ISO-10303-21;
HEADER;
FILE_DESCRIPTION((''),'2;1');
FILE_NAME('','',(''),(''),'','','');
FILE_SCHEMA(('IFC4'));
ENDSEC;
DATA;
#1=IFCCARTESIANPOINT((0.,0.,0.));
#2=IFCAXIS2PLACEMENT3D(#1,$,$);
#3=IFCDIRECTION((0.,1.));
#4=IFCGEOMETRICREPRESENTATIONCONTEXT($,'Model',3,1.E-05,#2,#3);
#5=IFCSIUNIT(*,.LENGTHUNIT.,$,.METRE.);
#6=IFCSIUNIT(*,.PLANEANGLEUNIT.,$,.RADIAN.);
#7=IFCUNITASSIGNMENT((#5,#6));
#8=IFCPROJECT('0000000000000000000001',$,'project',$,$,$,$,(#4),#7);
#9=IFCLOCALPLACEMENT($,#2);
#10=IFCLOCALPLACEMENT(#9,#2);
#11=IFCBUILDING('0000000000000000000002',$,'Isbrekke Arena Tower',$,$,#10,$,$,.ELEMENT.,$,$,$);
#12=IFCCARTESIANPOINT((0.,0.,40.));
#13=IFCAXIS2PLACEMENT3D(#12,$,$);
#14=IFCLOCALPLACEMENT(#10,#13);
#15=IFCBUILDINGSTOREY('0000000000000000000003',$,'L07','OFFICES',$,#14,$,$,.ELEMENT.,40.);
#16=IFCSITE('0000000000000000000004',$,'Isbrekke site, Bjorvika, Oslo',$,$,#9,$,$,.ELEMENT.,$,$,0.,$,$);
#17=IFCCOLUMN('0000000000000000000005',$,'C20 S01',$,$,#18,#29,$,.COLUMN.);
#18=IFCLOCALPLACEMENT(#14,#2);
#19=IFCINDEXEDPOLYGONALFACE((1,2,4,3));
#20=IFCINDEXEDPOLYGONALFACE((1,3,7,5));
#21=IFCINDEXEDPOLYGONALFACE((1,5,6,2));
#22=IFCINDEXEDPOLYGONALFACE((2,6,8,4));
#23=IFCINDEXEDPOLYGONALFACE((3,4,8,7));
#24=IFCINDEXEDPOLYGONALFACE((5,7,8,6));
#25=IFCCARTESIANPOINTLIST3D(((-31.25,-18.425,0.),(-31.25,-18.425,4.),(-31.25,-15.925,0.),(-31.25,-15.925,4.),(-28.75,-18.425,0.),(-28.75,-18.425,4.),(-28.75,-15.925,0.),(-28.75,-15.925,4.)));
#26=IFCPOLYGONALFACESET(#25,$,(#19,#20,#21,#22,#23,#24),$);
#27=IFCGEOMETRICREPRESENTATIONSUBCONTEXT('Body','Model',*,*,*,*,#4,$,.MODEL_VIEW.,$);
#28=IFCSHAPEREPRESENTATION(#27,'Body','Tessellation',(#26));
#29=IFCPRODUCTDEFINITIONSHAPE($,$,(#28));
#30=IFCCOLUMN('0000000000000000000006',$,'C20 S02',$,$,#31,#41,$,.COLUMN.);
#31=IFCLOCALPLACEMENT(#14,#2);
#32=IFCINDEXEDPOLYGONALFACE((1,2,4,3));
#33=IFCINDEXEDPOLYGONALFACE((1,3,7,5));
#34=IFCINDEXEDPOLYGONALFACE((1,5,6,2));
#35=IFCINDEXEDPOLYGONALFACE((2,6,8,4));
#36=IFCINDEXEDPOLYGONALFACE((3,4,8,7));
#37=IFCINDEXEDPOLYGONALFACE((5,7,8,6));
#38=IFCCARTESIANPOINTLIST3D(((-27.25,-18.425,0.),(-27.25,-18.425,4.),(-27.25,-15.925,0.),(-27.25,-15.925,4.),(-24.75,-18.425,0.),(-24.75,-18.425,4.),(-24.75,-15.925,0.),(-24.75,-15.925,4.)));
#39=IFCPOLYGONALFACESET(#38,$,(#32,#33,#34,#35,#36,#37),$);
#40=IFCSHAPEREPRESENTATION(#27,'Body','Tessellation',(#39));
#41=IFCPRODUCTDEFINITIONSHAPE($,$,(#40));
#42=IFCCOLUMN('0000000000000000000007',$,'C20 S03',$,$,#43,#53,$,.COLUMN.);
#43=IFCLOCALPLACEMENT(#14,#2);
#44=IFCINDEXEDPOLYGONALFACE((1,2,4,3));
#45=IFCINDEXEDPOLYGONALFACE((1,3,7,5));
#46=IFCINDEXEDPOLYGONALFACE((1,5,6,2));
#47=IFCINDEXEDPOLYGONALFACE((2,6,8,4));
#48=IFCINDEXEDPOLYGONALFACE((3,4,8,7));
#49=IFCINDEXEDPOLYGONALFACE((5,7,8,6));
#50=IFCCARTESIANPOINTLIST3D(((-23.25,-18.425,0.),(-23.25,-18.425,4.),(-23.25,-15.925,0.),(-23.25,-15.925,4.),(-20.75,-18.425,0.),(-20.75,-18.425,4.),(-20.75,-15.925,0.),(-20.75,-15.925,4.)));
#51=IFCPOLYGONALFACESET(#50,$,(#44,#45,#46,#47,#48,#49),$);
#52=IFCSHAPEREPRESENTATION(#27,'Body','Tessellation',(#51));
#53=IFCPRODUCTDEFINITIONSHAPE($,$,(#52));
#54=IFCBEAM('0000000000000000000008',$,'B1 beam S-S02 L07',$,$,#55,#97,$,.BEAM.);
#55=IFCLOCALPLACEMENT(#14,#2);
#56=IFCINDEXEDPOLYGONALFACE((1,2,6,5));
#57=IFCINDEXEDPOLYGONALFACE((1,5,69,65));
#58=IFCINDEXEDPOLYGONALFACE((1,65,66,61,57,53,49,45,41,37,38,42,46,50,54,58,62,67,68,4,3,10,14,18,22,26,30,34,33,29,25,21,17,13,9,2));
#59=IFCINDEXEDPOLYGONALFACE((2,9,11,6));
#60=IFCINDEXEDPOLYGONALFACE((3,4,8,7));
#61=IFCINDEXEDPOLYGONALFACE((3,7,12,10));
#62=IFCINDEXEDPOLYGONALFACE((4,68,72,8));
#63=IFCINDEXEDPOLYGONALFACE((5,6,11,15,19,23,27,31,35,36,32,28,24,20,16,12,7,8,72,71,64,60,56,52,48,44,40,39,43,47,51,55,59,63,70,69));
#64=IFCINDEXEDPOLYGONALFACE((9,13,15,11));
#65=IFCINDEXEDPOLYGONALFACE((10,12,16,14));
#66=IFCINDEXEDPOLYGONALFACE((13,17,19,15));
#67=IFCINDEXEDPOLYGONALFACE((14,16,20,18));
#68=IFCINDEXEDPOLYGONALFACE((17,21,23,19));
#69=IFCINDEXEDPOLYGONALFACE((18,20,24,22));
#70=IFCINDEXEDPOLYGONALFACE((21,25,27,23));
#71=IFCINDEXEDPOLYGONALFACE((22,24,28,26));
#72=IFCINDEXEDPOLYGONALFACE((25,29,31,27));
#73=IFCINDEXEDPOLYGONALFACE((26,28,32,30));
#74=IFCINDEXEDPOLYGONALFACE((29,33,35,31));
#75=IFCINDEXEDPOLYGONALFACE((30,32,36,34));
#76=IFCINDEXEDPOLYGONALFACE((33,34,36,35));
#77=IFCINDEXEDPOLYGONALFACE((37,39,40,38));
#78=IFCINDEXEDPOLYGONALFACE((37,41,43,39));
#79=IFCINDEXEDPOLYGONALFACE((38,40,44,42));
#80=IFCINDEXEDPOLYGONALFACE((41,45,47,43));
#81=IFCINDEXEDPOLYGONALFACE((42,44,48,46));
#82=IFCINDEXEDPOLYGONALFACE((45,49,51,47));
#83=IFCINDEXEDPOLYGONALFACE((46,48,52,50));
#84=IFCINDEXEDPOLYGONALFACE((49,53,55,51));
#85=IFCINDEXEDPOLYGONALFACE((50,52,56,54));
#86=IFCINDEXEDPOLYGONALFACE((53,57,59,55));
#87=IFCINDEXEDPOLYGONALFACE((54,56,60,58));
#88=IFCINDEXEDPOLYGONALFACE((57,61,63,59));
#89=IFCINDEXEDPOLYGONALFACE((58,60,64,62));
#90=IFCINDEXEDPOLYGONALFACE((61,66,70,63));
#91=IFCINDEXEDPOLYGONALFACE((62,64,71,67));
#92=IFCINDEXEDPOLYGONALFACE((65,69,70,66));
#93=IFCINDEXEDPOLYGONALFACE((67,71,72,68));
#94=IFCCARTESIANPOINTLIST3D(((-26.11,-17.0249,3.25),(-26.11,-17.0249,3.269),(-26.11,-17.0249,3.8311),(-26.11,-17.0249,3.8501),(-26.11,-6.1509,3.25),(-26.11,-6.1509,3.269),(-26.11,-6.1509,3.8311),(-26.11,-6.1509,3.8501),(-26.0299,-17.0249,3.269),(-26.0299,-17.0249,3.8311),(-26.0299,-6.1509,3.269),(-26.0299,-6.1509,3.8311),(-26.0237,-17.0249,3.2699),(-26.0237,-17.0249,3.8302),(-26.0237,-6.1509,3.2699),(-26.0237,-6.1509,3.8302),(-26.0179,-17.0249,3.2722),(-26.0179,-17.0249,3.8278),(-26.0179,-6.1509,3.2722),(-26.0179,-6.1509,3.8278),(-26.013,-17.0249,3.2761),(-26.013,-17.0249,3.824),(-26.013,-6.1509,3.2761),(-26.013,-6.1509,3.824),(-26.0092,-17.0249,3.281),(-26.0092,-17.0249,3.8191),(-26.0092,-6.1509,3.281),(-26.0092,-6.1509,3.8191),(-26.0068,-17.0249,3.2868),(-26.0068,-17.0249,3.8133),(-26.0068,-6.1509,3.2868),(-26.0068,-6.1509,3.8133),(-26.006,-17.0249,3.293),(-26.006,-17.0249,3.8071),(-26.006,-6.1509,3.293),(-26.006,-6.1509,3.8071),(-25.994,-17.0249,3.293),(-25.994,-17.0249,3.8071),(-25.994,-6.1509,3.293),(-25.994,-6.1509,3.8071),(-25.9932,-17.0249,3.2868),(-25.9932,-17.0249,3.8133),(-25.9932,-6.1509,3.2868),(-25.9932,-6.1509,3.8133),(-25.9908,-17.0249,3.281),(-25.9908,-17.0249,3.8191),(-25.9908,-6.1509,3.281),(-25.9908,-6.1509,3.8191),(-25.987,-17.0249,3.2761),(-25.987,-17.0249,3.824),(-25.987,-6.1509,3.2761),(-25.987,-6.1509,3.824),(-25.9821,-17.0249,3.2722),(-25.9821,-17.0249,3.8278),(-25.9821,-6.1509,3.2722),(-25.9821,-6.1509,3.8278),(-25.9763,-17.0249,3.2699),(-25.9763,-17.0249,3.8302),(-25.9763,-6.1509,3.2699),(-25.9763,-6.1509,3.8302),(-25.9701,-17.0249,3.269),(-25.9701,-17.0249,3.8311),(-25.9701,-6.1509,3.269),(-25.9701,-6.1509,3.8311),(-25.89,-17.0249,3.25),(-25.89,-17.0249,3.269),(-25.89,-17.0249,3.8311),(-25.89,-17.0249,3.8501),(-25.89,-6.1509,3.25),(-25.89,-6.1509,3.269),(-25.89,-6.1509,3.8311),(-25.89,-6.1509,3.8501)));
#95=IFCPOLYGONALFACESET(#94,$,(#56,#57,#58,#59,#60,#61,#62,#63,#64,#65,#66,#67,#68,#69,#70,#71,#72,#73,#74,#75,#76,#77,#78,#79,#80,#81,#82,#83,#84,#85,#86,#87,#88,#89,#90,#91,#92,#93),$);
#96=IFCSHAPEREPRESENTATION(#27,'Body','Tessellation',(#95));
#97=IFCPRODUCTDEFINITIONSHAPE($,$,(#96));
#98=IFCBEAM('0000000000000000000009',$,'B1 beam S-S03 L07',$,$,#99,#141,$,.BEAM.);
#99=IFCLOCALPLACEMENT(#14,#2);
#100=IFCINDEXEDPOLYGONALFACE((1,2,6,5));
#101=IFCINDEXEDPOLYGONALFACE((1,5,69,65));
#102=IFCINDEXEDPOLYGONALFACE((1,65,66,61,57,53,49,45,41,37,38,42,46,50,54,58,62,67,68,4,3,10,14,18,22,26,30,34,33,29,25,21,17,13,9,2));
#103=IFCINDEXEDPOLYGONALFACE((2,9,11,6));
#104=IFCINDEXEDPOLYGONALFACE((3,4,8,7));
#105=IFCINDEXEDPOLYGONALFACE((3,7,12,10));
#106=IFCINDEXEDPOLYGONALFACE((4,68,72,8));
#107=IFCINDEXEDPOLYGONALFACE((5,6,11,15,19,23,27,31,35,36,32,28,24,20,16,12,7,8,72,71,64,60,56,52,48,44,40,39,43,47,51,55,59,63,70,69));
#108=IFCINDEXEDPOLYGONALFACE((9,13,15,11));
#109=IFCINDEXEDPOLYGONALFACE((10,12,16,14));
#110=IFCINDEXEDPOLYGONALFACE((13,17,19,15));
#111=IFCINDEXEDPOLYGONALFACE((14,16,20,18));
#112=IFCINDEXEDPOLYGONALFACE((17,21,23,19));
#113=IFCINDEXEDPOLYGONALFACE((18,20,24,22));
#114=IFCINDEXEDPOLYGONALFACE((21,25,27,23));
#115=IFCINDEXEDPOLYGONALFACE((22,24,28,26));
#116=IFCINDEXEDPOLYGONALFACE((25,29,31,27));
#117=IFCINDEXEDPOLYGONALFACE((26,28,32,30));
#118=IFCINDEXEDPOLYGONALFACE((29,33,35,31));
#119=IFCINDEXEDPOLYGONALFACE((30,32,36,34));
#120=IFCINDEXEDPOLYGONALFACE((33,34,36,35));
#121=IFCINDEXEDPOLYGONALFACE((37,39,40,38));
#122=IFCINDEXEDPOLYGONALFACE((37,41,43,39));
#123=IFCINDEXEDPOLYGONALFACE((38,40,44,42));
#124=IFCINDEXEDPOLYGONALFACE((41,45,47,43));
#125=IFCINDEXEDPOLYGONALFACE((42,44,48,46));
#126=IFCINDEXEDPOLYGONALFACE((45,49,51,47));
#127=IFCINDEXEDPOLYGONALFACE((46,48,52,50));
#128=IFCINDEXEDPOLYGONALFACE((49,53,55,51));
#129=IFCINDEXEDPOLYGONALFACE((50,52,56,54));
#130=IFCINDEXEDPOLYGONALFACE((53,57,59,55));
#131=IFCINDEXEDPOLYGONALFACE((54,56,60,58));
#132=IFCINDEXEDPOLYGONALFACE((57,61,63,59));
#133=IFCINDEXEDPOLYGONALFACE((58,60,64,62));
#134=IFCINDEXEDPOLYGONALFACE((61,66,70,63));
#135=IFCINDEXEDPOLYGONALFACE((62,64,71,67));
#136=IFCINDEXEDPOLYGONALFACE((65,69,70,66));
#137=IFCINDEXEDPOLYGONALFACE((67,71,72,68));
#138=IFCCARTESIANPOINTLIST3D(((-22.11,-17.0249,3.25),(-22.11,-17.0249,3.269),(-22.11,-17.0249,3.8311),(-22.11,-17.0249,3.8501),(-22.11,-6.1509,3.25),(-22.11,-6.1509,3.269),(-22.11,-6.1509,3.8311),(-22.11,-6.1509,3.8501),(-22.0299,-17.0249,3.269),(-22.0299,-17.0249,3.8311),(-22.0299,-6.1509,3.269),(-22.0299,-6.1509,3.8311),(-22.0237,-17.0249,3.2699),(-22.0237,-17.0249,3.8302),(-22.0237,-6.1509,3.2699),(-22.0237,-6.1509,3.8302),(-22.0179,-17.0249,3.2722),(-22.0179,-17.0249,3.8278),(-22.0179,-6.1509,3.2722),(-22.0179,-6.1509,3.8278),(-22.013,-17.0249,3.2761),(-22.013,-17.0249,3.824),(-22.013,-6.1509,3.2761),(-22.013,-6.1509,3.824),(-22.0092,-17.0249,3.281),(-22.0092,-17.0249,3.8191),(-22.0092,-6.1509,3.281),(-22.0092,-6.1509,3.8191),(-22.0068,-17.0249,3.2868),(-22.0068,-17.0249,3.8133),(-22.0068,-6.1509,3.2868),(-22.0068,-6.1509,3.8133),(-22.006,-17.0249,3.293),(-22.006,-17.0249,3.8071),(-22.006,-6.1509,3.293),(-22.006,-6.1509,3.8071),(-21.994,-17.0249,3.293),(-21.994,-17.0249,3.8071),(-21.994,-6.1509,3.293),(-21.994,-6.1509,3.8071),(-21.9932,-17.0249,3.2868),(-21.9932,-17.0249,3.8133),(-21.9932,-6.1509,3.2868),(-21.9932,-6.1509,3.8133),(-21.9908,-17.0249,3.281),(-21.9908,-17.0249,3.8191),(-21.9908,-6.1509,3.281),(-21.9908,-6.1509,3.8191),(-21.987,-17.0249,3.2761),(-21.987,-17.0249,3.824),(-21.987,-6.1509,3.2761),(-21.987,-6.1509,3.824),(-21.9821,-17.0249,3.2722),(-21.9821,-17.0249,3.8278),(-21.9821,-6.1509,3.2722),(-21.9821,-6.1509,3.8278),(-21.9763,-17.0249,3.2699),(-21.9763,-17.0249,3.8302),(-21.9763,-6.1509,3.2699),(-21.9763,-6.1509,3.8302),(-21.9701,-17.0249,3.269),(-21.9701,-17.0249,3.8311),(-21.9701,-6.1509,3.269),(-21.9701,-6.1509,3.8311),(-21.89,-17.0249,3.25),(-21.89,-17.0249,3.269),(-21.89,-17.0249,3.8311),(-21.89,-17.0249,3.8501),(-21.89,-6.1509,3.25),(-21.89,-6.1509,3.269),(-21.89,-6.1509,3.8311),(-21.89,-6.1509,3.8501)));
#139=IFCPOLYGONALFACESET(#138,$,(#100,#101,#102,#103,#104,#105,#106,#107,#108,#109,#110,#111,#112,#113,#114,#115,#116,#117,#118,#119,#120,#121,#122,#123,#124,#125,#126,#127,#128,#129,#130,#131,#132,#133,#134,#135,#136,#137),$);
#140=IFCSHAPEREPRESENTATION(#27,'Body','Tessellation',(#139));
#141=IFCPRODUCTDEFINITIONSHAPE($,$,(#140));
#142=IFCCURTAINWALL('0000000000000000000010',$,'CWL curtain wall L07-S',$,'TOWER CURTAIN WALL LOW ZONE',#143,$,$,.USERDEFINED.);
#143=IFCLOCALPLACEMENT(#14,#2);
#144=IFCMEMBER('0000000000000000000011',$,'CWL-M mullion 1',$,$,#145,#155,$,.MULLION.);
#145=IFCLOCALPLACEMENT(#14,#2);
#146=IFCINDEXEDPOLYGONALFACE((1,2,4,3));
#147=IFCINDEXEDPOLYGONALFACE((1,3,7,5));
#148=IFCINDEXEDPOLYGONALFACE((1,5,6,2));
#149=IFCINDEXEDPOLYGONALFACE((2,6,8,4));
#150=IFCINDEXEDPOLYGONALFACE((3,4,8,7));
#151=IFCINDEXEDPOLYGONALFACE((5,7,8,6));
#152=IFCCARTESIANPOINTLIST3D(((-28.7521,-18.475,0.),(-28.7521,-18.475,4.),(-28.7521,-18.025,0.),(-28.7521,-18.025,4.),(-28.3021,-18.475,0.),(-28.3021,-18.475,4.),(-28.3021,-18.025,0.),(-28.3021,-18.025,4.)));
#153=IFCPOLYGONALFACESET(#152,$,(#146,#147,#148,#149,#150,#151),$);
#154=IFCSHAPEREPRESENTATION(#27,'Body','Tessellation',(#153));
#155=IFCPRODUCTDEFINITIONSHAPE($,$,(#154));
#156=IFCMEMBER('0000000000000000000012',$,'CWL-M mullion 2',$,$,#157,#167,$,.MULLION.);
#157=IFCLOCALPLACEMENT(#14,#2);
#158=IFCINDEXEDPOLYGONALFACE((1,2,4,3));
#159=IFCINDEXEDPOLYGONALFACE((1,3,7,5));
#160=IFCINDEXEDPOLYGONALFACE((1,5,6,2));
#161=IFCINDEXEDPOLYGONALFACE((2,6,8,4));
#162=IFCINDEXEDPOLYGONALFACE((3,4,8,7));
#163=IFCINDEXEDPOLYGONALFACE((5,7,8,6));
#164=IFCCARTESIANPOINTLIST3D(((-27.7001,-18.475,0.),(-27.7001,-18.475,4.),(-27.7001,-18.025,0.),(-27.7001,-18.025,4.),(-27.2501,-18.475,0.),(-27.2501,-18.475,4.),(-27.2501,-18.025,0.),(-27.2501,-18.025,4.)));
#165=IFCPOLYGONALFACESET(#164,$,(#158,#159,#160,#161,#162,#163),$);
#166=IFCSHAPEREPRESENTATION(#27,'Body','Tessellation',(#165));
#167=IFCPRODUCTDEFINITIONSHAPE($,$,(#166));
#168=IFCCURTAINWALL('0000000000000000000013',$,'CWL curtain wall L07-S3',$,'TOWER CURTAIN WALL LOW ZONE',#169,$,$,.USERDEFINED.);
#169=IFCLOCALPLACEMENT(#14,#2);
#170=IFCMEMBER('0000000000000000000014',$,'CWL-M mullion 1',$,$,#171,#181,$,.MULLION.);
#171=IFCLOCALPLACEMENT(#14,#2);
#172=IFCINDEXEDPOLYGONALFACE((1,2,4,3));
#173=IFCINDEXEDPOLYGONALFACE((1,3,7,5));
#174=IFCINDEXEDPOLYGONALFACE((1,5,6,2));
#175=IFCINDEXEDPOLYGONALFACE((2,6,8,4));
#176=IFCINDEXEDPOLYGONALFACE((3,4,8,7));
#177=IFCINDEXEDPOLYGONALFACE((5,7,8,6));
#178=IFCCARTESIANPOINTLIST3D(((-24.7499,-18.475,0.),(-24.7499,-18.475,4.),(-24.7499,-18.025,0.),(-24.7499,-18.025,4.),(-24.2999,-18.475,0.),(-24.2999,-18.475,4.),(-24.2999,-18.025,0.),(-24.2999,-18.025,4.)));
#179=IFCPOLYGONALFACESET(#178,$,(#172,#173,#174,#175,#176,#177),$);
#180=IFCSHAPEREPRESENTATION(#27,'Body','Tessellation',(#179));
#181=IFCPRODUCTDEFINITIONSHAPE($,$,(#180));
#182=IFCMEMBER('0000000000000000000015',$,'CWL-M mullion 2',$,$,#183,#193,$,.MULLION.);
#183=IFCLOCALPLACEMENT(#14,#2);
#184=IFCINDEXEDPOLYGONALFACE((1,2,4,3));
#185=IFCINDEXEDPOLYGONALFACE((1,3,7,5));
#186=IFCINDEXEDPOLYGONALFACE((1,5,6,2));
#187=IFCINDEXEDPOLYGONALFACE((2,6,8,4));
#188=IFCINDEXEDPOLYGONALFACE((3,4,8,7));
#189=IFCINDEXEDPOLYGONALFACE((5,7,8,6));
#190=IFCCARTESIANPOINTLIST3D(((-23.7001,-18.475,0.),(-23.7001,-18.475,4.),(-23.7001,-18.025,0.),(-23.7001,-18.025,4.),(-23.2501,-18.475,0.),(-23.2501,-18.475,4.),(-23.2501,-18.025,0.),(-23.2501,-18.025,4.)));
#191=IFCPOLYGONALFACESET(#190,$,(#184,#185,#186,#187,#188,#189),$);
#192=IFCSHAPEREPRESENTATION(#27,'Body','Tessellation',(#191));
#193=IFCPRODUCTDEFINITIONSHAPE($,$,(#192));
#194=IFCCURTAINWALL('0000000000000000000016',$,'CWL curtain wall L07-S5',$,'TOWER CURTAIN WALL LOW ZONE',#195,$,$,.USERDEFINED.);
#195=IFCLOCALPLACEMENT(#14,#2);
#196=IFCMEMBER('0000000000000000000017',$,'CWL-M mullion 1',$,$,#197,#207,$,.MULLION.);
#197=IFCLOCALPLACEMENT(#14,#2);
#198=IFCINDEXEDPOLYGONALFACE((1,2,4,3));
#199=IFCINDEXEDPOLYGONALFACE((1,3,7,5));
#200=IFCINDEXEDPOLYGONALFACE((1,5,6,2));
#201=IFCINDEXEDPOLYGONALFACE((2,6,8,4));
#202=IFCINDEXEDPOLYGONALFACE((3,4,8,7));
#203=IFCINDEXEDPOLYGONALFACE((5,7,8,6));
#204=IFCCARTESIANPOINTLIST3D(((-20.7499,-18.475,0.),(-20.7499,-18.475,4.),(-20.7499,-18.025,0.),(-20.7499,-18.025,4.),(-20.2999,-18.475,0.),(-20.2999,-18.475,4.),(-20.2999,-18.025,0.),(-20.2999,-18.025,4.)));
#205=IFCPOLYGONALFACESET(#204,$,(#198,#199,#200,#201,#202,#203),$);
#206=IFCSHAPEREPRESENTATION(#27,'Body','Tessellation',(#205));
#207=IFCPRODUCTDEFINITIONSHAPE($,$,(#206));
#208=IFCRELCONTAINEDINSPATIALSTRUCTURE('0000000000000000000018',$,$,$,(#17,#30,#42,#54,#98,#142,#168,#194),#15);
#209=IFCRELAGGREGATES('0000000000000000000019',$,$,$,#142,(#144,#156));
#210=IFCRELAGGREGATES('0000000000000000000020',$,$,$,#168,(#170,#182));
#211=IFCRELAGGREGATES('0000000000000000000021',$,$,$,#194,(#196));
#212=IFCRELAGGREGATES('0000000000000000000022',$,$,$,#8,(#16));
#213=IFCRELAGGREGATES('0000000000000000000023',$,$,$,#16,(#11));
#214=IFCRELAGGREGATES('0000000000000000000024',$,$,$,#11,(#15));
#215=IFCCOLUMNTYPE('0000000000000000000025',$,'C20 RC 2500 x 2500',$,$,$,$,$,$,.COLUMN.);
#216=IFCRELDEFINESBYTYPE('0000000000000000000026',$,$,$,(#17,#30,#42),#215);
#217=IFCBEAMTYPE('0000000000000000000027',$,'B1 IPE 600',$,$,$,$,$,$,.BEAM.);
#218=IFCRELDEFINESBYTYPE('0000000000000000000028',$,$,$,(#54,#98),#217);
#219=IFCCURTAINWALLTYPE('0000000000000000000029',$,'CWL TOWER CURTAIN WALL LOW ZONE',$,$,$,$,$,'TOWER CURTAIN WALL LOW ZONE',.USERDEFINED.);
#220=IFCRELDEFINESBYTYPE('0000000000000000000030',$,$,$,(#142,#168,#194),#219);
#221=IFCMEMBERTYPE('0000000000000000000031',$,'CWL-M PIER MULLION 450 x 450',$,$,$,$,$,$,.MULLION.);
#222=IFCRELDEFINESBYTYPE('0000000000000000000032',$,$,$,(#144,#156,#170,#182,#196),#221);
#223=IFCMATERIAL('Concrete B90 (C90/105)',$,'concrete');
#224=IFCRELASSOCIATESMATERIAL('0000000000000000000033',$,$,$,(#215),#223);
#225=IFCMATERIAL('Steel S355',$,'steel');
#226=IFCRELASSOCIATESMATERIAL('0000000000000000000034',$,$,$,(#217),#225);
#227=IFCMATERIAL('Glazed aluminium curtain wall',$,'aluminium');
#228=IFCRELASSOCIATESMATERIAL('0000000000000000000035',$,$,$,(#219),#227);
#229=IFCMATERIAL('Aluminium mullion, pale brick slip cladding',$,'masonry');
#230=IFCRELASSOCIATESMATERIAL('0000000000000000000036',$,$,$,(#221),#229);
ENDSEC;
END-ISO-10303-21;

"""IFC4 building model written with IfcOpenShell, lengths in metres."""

from ifc_helpers import new_model, si_unit, direction, frame, origin, origin_2d, place, context, subcontext, project, spatial, rectangle, i_section, extrude, material, material_profile, profile_set, type_object, element, aggregate, save


model = new_model("IFC4")

# Units and contexts
model_context = context("Model", 3, precision=1e-05, world=origin(), true_north=direction((0.0, 1.0)))
body_context = subcontext(model_context, "Body", "Model", "MODEL_VIEW")
ifc_project = project(units=[si_unit("LENGTHUNIT", "METRE"), si_unit("PLANEANGLEUNIT", "RADIAN")], contexts=[model_context])

# Site, building, storey
site_placement = place(None, origin())
site = spatial("IfcSite", under=ifc_project, at=site_placement, Name="Isbrekke site, Bjorvika, Oslo", CompositionType="ELEMENT", RefElevation=0.0)
building_placement = place(site_placement, origin())
building = spatial("IfcBuilding", under=site, at=building_placement, Name="Isbrekke Arena Tower", CompositionType="ELEMENT")
storey_placement = place(building_placement, frame((0.0, 0.0, 40.0)))
storey = spatial("IfcBuildingStorey", under=building, at=storey_placement, Name="L07", Description="OFFICES", CompositionType="ELEMENT", Elevation=40.0)

# Columns
ifc_material_1 = material(Name="Concrete B90 (C90/105)", Category="concrete")
ifc_material_profile_1 = material_profile(ifc_material_1, rectangle(XDim=2.5, YDim=2.5, at=origin_2d()), Name="RC 2500x2500")
ifc_profile_set_1 = profile_set([ifc_material_profile_1], Name="Concrete B90 (C90/105)")
column_type = type_object("IfcColumnType", Name="C20 RC 2500 x 2500", PredefinedType="COLUMN", material=ifc_profile_set_1)
for number, where, z_axis, x_axis, name in (
    (1, (-30.0, -17.175, 0.0), (0.0, 0.0, 1.0), (1.0, 0.0, 0.0), "C20 S01"),
    (2, (-26.0, -17.175, 0.0), (0.0, 0.0, 1.0), (1.0, 0.0, 0.0), "C20 S02"),
    (3, (-22.0, -17.175, 0.0), (0.0, 0.0, 1.0), (1.0, 0.0, 0.0), "C20 S03"),
):
    element("IfcColumn", number, at=place(storey_placement, frame(where, z_axis=z_axis, x_axis=x_axis)), inside=storey, type_object=column_type, Name=name, PredefinedType="COLUMN", context=body_context, shape_type="SweptSolid", body=[
        extrude(rectangle(XDim=2.5, YDim=2.5, at=origin_2d()), origin(), (0.0, 0.0, 1.0), 4.0),
    ])

# Beams
ifc_material_2 = material(Name="Steel S355", Category="steel")
ifc_material_profile_2 = material_profile(ifc_material_2, i_section(OverallWidth=0.22, OverallDepth=0.6001, WebThickness=0.012, FlangeThickness=0.019, FilletRadius=0.0239, at=origin_2d()), Name="IPE 600")
ifc_profile_set_2 = profile_set([ifc_material_profile_2], Name="Steel S355")
beam_type_1 = type_object("IfcBeamType", Name="B1 IPE 600", PredefinedType="BEAM", material=ifc_profile_set_2)
for number, where, z_axis, x_axis, name in (
    (4, (-26.0, -17.0249, 3.55), (0.0, 1.0, 0.0), (-1.0, 0.0, 0.0), "B1 beam S-S02 L07"),
    (5, (-22.0, -17.0249, 3.55), (0.0, 1.0, 0.0), (-1.0, 0.0, 0.0), "B1 beam S-S03 L07"),
):
    element("IfcBeam", number, at=place(storey_placement, frame(where, z_axis=z_axis, x_axis=x_axis)), inside=storey, type_object=beam_type_1, Name=name, PredefinedType="BEAM", context=body_context, shape_type="SweptSolid", body=[
        extrude(i_section(OverallWidth=0.22, OverallDepth=0.6001, WebThickness=0.012, FlangeThickness=0.019, FilletRadius=0.0239, at=origin_2d()), origin(), (0.0, 0.0, 1.0), 10.874),
    ])

# Curtain walls, members
ifc_material_3 = material(Name="Glazed aluminium curtain wall", Category="aluminium")
curtain_wall_type = type_object("IfcCurtainWallType", Name="CWL TOWER CURTAIN WALL LOW ZONE", ElementType="TOWER CURTAIN WALL LOW ZONE", PredefinedType="USERDEFINED", material=ifc_material_3)
curtain_wall_1_placement = place(storey_placement, origin())
curtain_wall_1 = element("IfcCurtainWall", 6, at=curtain_wall_1_placement, inside=storey, type_object=curtain_wall_type, Name="CWL curtain wall L07-S", ObjectType="TOWER CURTAIN WALL LOW ZONE", PredefinedType="USERDEFINED")
ifc_material_4 = material(Name="Aluminium mullion, pale brick slip cladding", Category="masonry")
ifc_material_profile_3 = material_profile(ifc_material_4, rectangle(XDim=0.45, YDim=0.45, at=origin_2d()), Name="PIER 450X450")
ifc_profile_set_3 = profile_set([ifc_material_profile_3], Name="Aluminium mullion, pale brick slip cladding")
member_type_1 = type_object("IfcMemberType", Name="CWL-M PIER MULLION 450 x 450", PredefinedType="MULLION", material=ifc_profile_set_3)
member_1_placement = place(storey_placement, frame((-28.5271, -18.25, 0.0), z_axis=(0.0, 0.0, 1.0), x_axis=(1.0, 0.0, 0.0)))
member_1 = element("IfcMember", 7, at=member_1_placement, type_object=member_type_1, Name="CWL-M mullion 1", PredefinedType="MULLION", context=body_context, shape_type="SweptSolid", body=[
    extrude(rectangle(XDim=0.45, YDim=0.45, at=origin_2d()), origin(), (0.0, 0.0, 1.0), 4.0),
])
member_2_placement = place(storey_placement, frame((-27.4751, -18.25, 0.0), z_axis=(0.0, 0.0, 1.0), x_axis=(1.0, 0.0, 0.0)))
member_2 = element("IfcMember", 8, at=member_2_placement, type_object=member_type_1, Name="CWL-M mullion 2", PredefinedType="MULLION", context=body_context, shape_type="SweptSolid", body=[
    extrude(rectangle(XDim=0.45, YDim=0.45, at=origin_2d()), origin(), (0.0, 0.0, 1.0), 4.0),
])
curtain_wall_2_placement = place(storey_placement, origin())
curtain_wall_2 = element("IfcCurtainWall", 9, at=curtain_wall_2_placement, inside=storey, type_object=curtain_wall_type, Name="CWL curtain wall L07-S3", ObjectType="TOWER CURTAIN WALL LOW ZONE", PredefinedType="USERDEFINED")
member_3_placement = place(storey_placement, frame((-24.5249, -18.25, 0.0), z_axis=(0.0, 0.0, 1.0), x_axis=(1.0, 0.0, 0.0)))
member_3 = element("IfcMember", 10, at=member_3_placement, type_object=member_type_1, Name="CWL-M mullion 1", PredefinedType="MULLION", context=body_context, shape_type="SweptSolid", body=[
    extrude(rectangle(XDim=0.45, YDim=0.45, at=origin_2d()), origin(), (0.0, 0.0, 1.0), 4.0),
])
member_4_placement = place(storey_placement, frame((-23.4751, -18.25, 0.0), z_axis=(0.0, 0.0, 1.0), x_axis=(1.0, 0.0, 0.0)))
member_4 = element("IfcMember", 11, at=member_4_placement, type_object=member_type_1, Name="CWL-M mullion 2", PredefinedType="MULLION", context=body_context, shape_type="SweptSolid", body=[
    extrude(rectangle(XDim=0.45, YDim=0.45, at=origin_2d()), origin(), (0.0, 0.0, 1.0), 4.0),
])

# Curtain wall, member
curtain_wall_3_placement = place(storey_placement, origin())
curtain_wall_3 = element("IfcCurtainWall", 12, at=curtain_wall_3_placement, inside=storey, type_object=curtain_wall_type, Name="CWL curtain wall L07-S5", ObjectType="TOWER CURTAIN WALL LOW ZONE", PredefinedType="USERDEFINED")
member_5_placement = place(storey_placement, frame((-20.5249, -18.25, 0.0), z_axis=(0.0, 0.0, 1.0), x_axis=(1.0, 0.0, 0.0)))
member_5 = element("IfcMember", 13, at=member_5_placement, type_object=member_type_1, Name="CWL-M mullion 1", PredefinedType="MULLION", context=body_context, shape_type="SweptSolid", body=[
    extrude(rectangle(XDim=0.45, YDim=0.45, at=origin_2d()), origin(), (0.0, 0.0, 1.0), 4.0),
])

aggregate(curtain_wall_1, [member_1, member_2])
aggregate(curtain_wall_2, [member_3, member_4])
aggregate(curtain_wall_3, [member_5])

save(model, "model.ifc")
